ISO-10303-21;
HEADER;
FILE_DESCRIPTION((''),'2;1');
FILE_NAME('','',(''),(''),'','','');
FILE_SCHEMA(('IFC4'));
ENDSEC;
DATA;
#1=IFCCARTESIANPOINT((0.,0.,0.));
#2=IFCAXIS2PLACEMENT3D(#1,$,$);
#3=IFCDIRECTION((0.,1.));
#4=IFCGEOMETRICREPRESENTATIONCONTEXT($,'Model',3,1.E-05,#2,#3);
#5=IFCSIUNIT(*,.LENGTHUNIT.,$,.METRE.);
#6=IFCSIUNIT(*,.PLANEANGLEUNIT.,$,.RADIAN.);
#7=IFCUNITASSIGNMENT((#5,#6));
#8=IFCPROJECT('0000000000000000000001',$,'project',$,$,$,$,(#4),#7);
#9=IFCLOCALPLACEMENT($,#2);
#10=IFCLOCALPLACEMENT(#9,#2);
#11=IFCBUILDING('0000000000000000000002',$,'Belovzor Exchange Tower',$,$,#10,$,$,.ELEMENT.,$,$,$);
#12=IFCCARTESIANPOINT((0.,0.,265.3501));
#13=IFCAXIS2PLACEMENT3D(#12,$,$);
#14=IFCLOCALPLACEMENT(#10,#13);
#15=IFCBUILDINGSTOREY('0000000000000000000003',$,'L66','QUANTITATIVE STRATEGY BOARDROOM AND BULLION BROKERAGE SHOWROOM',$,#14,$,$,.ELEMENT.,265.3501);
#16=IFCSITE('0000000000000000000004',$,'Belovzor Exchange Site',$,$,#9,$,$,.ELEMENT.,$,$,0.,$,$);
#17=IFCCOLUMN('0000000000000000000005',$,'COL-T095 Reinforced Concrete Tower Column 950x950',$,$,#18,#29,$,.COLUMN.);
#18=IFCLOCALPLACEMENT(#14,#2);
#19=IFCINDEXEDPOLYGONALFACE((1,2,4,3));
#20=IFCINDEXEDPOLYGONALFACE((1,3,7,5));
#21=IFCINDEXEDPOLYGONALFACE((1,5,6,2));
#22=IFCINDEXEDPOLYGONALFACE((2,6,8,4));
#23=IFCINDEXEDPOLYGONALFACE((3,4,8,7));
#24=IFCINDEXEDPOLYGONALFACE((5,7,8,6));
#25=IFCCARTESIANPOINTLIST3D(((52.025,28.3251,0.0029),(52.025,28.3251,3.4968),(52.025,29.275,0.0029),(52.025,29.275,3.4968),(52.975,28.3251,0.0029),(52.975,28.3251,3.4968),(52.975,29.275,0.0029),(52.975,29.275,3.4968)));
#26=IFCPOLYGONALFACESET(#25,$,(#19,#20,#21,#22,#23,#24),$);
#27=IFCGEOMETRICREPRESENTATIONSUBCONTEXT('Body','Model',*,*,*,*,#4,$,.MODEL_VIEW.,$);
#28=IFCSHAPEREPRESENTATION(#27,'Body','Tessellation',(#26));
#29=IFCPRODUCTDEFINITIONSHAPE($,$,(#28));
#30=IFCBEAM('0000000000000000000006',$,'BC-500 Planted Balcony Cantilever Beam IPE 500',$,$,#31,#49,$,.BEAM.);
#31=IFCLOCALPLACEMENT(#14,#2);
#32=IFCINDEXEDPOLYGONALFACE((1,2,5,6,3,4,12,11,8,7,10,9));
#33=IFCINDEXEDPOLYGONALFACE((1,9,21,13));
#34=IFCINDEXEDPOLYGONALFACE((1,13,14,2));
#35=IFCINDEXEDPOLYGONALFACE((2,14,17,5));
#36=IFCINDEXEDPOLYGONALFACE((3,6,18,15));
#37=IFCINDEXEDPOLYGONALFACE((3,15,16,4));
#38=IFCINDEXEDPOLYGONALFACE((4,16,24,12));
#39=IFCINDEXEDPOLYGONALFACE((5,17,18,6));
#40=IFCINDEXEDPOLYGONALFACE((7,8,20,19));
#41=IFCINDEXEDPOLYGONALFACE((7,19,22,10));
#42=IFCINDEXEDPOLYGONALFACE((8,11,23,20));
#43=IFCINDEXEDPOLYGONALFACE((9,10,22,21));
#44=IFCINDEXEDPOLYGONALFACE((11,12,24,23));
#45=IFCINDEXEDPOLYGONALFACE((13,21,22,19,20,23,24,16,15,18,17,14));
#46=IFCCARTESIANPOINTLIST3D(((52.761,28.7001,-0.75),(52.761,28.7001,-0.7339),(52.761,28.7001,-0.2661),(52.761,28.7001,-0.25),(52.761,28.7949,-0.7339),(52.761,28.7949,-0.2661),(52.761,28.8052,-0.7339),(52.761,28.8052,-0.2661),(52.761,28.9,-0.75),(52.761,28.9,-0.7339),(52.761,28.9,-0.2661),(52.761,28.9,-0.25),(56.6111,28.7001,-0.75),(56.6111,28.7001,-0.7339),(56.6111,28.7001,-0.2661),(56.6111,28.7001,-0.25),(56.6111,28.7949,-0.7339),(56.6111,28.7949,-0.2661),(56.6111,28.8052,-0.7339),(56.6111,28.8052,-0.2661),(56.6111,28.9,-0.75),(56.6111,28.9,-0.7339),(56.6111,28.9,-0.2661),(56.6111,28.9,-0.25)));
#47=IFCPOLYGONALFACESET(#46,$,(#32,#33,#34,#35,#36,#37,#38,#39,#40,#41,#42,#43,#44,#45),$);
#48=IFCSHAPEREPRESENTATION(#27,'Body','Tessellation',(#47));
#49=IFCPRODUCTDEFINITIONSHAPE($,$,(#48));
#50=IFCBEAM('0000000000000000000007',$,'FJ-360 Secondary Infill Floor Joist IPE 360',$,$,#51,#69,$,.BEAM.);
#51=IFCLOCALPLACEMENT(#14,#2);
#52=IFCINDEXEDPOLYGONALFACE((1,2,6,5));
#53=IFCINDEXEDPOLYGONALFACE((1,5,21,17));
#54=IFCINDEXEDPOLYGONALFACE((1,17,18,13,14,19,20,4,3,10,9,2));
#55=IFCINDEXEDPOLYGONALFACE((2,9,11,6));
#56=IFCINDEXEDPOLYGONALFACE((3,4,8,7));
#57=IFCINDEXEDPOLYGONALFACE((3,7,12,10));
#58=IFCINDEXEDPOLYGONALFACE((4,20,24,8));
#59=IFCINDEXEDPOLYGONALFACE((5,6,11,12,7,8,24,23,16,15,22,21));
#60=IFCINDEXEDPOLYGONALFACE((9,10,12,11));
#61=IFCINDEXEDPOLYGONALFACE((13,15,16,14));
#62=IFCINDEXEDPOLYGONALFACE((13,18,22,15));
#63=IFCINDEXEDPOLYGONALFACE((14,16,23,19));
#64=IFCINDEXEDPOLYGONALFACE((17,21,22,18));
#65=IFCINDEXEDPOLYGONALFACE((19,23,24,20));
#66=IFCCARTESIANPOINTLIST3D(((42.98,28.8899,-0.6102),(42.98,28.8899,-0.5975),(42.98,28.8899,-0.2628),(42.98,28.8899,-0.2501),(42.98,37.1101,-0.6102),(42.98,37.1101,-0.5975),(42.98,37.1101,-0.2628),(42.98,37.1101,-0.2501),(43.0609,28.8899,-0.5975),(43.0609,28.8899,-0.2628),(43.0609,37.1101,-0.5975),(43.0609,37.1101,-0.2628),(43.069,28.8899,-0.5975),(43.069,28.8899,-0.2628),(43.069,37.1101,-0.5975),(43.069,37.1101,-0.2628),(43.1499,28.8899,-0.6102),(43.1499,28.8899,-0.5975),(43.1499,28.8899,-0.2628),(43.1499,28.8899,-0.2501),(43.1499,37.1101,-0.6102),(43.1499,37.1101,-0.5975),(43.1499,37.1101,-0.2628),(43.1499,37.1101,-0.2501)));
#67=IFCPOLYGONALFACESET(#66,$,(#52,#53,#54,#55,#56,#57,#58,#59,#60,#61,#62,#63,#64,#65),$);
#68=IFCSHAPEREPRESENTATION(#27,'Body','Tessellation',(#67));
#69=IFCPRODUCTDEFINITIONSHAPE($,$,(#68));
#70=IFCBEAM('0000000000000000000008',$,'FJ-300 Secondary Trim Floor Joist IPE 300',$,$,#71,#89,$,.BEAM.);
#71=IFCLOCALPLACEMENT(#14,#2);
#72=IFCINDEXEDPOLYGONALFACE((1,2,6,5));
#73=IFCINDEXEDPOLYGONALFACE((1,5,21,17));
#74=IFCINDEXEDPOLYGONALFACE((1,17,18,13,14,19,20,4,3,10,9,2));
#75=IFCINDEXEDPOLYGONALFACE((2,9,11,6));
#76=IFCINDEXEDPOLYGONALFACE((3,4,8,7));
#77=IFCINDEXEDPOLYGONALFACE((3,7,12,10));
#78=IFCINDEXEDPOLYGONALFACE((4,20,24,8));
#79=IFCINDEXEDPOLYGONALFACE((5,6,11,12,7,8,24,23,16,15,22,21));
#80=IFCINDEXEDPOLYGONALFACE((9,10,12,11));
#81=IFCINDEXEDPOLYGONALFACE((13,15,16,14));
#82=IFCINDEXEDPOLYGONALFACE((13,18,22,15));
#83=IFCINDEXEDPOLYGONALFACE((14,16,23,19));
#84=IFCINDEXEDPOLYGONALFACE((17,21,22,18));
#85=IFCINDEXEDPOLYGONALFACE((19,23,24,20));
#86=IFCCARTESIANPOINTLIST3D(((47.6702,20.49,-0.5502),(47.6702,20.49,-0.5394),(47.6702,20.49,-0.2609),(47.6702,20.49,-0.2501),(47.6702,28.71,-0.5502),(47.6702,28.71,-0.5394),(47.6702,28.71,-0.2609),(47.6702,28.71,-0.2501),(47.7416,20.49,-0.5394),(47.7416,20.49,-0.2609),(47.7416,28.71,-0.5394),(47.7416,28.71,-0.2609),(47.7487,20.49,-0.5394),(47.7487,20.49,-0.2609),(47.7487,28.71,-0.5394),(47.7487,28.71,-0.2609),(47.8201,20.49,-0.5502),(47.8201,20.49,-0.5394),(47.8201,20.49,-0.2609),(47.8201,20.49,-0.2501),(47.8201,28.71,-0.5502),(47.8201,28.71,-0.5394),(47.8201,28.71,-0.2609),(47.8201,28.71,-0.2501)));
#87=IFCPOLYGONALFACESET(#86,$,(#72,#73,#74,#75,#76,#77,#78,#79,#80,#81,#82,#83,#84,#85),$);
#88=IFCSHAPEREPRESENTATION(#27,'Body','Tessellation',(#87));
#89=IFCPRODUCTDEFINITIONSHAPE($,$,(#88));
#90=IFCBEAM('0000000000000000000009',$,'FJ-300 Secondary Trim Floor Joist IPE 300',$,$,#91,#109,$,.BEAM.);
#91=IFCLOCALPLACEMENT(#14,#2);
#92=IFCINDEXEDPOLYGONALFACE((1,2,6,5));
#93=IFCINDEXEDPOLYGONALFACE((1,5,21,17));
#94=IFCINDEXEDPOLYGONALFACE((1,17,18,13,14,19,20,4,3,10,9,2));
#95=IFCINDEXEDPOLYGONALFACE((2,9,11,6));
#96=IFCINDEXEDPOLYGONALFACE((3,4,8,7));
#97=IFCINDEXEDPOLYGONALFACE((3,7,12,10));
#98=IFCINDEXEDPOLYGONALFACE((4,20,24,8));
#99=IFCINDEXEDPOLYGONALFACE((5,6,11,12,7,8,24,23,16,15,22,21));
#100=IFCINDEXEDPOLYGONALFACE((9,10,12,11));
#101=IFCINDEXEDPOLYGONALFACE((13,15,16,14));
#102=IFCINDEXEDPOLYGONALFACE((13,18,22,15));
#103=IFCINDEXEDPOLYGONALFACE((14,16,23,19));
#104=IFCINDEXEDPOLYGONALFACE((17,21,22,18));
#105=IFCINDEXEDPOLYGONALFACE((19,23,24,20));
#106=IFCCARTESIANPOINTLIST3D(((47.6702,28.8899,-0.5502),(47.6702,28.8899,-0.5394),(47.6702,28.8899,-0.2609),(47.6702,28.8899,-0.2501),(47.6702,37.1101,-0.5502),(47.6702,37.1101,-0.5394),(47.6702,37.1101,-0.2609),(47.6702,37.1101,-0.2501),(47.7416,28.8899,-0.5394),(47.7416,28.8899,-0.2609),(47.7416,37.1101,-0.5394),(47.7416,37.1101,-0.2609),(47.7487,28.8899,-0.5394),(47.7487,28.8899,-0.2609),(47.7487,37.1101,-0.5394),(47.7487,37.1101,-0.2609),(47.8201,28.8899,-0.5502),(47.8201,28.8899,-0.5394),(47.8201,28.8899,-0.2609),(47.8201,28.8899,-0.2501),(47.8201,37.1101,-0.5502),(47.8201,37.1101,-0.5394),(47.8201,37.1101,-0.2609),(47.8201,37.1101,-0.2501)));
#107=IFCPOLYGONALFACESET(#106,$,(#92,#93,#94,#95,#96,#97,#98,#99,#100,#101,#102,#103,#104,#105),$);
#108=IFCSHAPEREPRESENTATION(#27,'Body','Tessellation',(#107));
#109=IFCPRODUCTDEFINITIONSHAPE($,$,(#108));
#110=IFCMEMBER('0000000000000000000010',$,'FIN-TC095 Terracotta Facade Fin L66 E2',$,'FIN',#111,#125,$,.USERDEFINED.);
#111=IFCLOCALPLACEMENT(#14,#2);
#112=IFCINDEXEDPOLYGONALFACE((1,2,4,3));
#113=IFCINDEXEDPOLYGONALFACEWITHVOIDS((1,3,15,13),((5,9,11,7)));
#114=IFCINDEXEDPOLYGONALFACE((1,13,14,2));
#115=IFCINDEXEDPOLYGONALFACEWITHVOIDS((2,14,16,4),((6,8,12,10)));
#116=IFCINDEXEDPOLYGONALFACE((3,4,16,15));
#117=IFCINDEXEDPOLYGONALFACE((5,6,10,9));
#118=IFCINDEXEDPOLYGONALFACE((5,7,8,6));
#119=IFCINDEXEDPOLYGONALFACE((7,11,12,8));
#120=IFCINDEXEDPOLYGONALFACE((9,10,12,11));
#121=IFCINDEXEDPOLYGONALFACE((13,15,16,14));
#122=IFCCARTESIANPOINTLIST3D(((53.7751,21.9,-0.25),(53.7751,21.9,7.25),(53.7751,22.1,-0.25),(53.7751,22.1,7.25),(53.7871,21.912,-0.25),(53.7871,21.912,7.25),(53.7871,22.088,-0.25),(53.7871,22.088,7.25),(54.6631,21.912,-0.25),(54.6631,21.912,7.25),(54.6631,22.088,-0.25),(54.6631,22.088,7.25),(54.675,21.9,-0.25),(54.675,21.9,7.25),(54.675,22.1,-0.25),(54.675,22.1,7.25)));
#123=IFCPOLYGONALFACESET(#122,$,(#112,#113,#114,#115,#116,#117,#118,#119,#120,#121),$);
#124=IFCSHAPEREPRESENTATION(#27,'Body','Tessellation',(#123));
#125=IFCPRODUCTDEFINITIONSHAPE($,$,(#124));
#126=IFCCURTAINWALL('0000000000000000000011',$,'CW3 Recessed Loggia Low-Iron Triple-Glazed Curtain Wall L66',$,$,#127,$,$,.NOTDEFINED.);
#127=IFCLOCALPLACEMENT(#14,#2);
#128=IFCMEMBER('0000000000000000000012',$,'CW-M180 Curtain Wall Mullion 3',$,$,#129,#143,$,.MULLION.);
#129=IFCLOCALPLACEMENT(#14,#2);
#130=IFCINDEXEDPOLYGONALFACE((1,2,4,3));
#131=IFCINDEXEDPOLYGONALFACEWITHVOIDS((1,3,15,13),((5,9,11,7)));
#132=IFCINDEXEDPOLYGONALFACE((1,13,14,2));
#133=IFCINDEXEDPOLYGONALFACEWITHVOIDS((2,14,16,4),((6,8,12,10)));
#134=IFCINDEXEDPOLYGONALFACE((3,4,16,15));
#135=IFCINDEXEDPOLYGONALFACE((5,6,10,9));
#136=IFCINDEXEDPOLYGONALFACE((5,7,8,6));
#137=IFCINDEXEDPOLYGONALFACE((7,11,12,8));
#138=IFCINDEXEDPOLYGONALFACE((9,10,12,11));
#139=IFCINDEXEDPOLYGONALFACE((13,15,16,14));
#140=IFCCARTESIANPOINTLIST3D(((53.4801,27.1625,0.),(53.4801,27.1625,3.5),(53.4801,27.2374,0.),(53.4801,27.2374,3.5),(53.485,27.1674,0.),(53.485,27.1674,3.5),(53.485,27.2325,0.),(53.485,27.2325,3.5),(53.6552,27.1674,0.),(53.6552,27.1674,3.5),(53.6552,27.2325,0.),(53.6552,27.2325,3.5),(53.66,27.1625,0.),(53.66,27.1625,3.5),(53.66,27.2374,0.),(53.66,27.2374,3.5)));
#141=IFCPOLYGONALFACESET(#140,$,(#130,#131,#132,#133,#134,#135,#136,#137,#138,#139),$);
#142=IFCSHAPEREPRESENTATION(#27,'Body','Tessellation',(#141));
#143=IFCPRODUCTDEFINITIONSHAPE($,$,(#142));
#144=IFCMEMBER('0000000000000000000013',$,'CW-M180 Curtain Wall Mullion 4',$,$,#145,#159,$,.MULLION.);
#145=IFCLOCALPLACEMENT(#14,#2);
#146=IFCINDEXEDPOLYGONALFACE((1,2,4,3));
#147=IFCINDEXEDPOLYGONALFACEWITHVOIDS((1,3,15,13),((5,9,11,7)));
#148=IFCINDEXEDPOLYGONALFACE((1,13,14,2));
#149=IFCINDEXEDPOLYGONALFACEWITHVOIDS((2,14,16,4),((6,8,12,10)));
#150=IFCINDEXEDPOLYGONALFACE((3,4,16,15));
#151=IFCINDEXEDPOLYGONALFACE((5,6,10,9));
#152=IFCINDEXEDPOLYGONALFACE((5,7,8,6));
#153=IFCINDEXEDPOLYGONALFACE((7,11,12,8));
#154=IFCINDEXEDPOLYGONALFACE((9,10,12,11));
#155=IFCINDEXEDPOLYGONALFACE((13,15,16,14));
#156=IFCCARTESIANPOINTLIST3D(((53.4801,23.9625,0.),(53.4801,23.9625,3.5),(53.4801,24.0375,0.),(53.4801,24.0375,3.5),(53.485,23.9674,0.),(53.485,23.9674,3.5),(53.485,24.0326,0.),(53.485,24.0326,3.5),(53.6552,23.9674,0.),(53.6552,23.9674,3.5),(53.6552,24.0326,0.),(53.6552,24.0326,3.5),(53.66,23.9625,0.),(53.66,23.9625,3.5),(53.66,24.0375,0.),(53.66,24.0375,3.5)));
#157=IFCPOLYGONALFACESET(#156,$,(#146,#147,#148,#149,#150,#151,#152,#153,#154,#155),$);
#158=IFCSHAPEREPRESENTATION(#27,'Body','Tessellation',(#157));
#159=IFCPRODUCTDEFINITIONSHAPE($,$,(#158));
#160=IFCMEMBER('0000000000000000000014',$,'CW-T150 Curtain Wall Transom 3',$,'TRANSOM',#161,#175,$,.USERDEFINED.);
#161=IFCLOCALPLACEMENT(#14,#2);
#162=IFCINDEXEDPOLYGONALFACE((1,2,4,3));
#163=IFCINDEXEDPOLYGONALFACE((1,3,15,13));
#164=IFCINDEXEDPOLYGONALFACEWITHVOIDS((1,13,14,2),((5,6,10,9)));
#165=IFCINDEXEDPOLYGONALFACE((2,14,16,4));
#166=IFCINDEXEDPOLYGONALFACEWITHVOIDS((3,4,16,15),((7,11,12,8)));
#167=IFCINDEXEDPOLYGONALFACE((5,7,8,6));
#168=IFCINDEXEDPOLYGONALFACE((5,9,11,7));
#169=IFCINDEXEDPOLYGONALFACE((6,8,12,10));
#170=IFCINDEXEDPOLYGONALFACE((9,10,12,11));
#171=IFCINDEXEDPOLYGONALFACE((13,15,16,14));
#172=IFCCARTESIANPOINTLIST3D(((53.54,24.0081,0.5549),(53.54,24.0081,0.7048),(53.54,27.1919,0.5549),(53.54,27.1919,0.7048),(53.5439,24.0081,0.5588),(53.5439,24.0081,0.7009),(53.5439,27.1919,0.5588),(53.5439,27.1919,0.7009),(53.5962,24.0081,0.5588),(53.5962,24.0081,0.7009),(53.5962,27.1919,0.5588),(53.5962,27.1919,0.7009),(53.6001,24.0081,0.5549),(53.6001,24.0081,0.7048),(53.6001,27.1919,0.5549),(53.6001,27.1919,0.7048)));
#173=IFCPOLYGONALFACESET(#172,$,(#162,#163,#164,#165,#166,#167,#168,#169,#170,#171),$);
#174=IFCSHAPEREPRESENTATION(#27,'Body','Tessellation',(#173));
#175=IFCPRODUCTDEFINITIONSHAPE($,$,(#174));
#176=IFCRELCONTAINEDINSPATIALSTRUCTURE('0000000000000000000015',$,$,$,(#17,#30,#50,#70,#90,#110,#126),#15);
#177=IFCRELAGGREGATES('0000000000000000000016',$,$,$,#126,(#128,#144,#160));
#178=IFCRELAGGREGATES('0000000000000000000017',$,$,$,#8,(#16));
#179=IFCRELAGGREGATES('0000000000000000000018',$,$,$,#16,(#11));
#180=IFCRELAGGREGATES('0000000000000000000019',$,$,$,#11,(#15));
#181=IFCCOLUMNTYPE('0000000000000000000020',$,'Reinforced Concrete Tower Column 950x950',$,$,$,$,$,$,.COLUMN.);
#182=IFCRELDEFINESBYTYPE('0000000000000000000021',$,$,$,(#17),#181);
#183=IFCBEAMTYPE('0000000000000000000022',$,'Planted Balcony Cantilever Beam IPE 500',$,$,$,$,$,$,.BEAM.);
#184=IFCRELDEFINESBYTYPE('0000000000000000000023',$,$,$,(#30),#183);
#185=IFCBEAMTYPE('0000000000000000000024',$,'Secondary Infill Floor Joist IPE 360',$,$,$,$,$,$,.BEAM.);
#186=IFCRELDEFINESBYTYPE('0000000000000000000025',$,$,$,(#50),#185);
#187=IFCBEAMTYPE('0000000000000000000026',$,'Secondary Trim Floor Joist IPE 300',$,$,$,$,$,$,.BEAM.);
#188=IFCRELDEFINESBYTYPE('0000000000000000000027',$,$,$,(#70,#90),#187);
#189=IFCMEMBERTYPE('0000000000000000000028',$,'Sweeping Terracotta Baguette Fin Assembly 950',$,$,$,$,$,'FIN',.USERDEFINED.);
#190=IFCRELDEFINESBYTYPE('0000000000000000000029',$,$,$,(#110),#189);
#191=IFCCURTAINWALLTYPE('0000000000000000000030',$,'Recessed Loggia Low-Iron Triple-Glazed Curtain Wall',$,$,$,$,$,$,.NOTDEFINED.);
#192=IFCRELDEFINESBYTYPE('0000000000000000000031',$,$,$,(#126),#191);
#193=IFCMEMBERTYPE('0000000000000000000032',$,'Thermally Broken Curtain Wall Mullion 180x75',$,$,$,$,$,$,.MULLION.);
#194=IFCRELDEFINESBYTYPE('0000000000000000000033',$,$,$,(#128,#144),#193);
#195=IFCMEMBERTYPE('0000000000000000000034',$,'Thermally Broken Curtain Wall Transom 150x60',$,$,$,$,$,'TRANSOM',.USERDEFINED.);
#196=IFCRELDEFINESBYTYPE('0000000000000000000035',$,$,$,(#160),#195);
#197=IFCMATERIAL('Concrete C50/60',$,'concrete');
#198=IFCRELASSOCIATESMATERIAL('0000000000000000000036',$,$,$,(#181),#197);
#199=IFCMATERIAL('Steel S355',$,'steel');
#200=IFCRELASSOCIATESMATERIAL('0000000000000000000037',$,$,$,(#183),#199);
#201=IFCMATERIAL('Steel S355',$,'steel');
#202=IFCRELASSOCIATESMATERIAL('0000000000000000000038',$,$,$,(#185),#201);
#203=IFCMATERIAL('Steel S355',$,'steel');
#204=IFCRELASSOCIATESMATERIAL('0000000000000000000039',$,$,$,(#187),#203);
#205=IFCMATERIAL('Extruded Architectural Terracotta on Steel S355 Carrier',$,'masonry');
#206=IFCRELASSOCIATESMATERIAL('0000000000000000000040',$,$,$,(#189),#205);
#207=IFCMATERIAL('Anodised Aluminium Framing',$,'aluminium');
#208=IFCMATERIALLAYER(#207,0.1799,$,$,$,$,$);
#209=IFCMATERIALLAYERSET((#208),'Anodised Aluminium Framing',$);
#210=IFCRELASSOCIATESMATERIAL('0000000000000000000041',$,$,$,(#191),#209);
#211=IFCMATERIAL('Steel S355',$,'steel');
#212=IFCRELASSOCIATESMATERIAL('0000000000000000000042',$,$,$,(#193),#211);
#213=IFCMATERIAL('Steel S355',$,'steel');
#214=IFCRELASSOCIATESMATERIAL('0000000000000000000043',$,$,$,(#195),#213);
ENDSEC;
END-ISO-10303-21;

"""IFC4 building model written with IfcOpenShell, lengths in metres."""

from ifc_helpers import new_model, si_unit, direction, frame, origin, origin_2d, place, context, subcontext, project, spatial, rectangle, hollow_rectangle, i_section, extrude, material, layer, layer_set, material_profile, profile_set, type_object, element, aggregate, save


model = new_model("IFC4")

# Units and contexts
model_context = context("Model", 3, precision=1e-05, world=origin(), true_north=direction((0.0, 1.0)))
body_context = subcontext(model_context, "Body", "Model", "MODEL_VIEW")
ifc_project = project(units=[si_unit("LENGTHUNIT", "METRE"), si_unit("PLANEANGLEUNIT", "RADIAN")], contexts=[model_context])

# Site, building, storey
site_placement = place(None, origin())
site = spatial("IfcSite", under=ifc_project, at=site_placement, Name="Belovzor Exchange Site", CompositionType="ELEMENT", RefElevation=0.0)
building_placement = place(site_placement, origin())
building = spatial("IfcBuilding", under=site, at=building_placement, Name="Belovzor Exchange Tower", CompositionType="ELEMENT")
storey_placement = place(building_placement, frame((0.0, 0.0, 265.3501)))
storey = spatial("IfcBuildingStorey", under=building, at=storey_placement, Name="L66", Description="QUANTITATIVE STRATEGY BOARDROOM AND BULLION BROKERAGE SHOWROOM", CompositionType="ELEMENT", Elevation=265.3501)

# Column
ifc_material_1 = material(Name="Concrete C50/60", Category="concrete")
ifc_material_profile_1 = material_profile(ifc_material_1, rectangle(XDim=0.95, YDim=0.95, at=origin_2d()))
ifc_profile_set_1 = profile_set([ifc_material_profile_1], Name="Concrete C50/60")
column_type = type_object("IfcColumnType", Name="Reinforced Concrete Tower Column 950x950", PredefinedType="COLUMN", material=ifc_profile_set_1)
column_placement = place(storey_placement, frame((52.5, 28.8, 0.0029), z_axis=(0.0, 0.0, 1.0), x_axis=(1.0, 0.0, 0.0)))
element("IfcColumn", 1, at=column_placement, inside=storey, type_object=column_type, Name="COL-T095 Reinforced Concrete Tower Column 950x950", PredefinedType="COLUMN", context=body_context, shape_type="SweptSolid", body=[
    extrude(rectangle(XDim=0.95, YDim=0.95, at=origin_2d()), origin(), (0.0, 0.0, 1.0), 3.4939),
])

# Beams
ifc_material_2 = material(Name="Steel S355", Category="steel")
ifc_material_profile_2 = material_profile(ifc_material_2, i_section(OverallWidth=0.2, OverallDepth=0.5, WebThickness=0.0103, FlangeThickness=0.0161, at=origin_2d()))
ifc_profile_set_2 = profile_set([ifc_material_profile_2], Name="Steel S355")
beam_type_1 = type_object("IfcBeamType", Name="Planted Balcony Cantilever Beam IPE 500", PredefinedType="BEAM", material=ifc_profile_set_2)
beam_1_placement = place(storey_placement, frame((52.761, 28.8, -0.5), z_axis=(1.0, 0.0, 0.0), x_axis=(0.0, 1.0, 0.0)))
element("IfcBeam", 2, at=beam_1_placement, inside=storey, type_object=beam_type_1, Name="BC-500 Planted Balcony Cantilever Beam IPE 500", PredefinedType="BEAM", context=body_context, shape_type="SweptSolid", body=[
    extrude(i_section(OverallWidth=0.2, OverallDepth=0.5, WebThickness=0.0103, FlangeThickness=0.0161, at=origin_2d()), origin(), (0.0, 0.0, 1.0), 3.8501),
])
ifc_material_3 = material(Name="Steel S355", Category="steel")
ifc_material_profile_3 = material_profile(ifc_material_3, i_section(OverallWidth=0.1699, OverallDepth=0.3601, WebThickness=0.0081, FlangeThickness=0.0127, at=origin_2d()))
ifc_profile_set_3 = profile_set([ifc_material_profile_3], Name="Steel S355")
beam_type_2 = type_object("IfcBeamType", Name="Secondary Infill Floor Joist IPE 360", PredefinedType="BEAM", material=ifc_profile_set_3)
beam_2_placement = place(storey_placement, frame((43.0649, 28.8899, -0.4302), z_axis=(0.0, 1.0, 0.0), x_axis=(-1.0, 0.0, 0.0)))
element("IfcBeam", 3, at=beam_2_placement, inside=storey, type_object=beam_type_2, Name="FJ-360 Secondary Infill Floor Joist IPE 360", PredefinedType="BEAM", context=body_context, shape_type="SweptSolid", body=[
    extrude(i_section(OverallWidth=0.1699, OverallDepth=0.3601, WebThickness=0.0081, FlangeThickness=0.0127, at=origin_2d()), origin(), (0.0, 0.0, 1.0), 8.2202),
])
ifc_material_4 = material(Name="Steel S355", Category="steel")
ifc_material_profile_4 = material_profile(ifc_material_4, i_section(OverallWidth=0.1499, OverallDepth=0.3, WebThickness=0.0071, FlangeThickness=0.0107, at=origin_2d()))
ifc_profile_set_4 = profile_set([ifc_material_profile_4], Name="Steel S355")
beam_type_3 = type_object("IfcBeamType", Name="Secondary Trim Floor Joist IPE 300", PredefinedType="BEAM", material=ifc_profile_set_4)
beam_3_placement = place(storey_placement, frame((47.7451, 20.49, -0.4001), z_axis=(0.0, 1.0, 0.0), x_axis=(-1.0, 0.0, 0.0)))
element("IfcBeam", 4, at=beam_3_placement, inside=storey, type_object=beam_type_3, Name="FJ-300 Secondary Trim Floor Joist IPE 300", PredefinedType="BEAM", context=body_context, shape_type="SweptSolid", body=[
    extrude(i_section(OverallWidth=0.1499, OverallDepth=0.3, WebThickness=0.0071, FlangeThickness=0.0107, at=origin_2d()), origin(), (0.0, 0.0, 1.0), 8.22),
])
beam_4_placement = place(storey_placement, frame((47.7451, 28.8899, -0.4001), z_axis=(0.0, 1.0, 0.0), x_axis=(-1.0, 0.0, 0.0)))
element("IfcBeam", 5, at=beam_4_placement, inside=storey, type_object=beam_type_3, Name="FJ-300 Secondary Trim Floor Joist IPE 300", PredefinedType="BEAM", context=body_context, shape_type="SweptSolid", body=[
    extrude(i_section(OverallWidth=0.1499, OverallDepth=0.3, WebThickness=0.0071, FlangeThickness=0.0107, at=origin_2d()), origin(), (0.0, 0.0, 1.0), 8.2202),
])

# Member
ifc_material_5 = material(Name="Extruded Architectural Terracotta on Steel S355 Carrier", Category="masonry")
ifc_material_profile_5 = material_profile(ifc_material_5, hollow_rectangle(XDim=0.2, YDim=0.8999, WallThickness=0.012, at=origin_2d()))
ifc_profile_set_5 = profile_set([ifc_material_profile_5], Name="Extruded Architectural Terracotta on Steel S355 Carrier")
member_type_1 = type_object("IfcMemberType", Name="Sweeping Terracotta Baguette Fin Assembly 950", ElementType="FIN", PredefinedType="USERDEFINED", material=ifc_profile_set_5)
member_1_placement = place(storey_placement, frame((54.2251, 22.0, -0.25), z_axis=(0.0, 0.0, 1.0), x_axis=(0.0, 1.0, 0.0)))
element("IfcMember", 6, at=member_1_placement, inside=storey, type_object=member_type_1, Name="FIN-TC095 Terracotta Facade Fin L66 E2", ObjectType="FIN", PredefinedType="USERDEFINED", context=body_context, shape_type="SweptSolid", body=[
    extrude(hollow_rectangle(XDim=0.2, YDim=0.8999, WallThickness=0.012, at=origin_2d()), origin(), (0.0, 0.0, 1.0), 7.5),
])

# Curtain wall, members
ifc_material_6 = material(Name="Anodised Aluminium Framing", Category="aluminium")
ifc_layer_1 = layer(ifc_material_6, 0.1799)
ifc_layer_set_1 = layer_set([ifc_layer_1], Name="Anodised Aluminium Framing")
curtain_wall_type = type_object("IfcCurtainWallType", Name="Recessed Loggia Low-Iron Triple-Glazed Curtain Wall", PredefinedType="NOTDEFINED", material=ifc_layer_set_1)
curtain_wall_placement = place(storey_placement, origin())
curtain_wall = element("IfcCurtainWall", 7, at=curtain_wall_placement, inside=storey, type_object=curtain_wall_type, Name="CW3 Recessed Loggia Low-Iron Triple-Glazed Curtain Wall L66", PredefinedType="NOTDEFINED")
ifc_material_7 = material(Name="Steel S355", Category="steel")
ifc_material_profile_6 = material_profile(ifc_material_7, hollow_rectangle(XDim=0.075, YDim=0.1799, WallThickness=0.0049, at=origin_2d()))
ifc_profile_set_6 = profile_set([ifc_material_profile_6], Name="Steel S355")
member_type_2 = type_object("IfcMemberType", Name="Thermally Broken Curtain Wall Mullion 180x75", PredefinedType="MULLION", material=ifc_profile_set_6)
member_2_placement = place(storey_placement, frame((53.5701, 27.2, 0.0), z_axis=(0.0, 0.0, 1.0), x_axis=(0.0, -1.0, 0.0)))
member_2 = element("IfcMember", 8, at=member_2_placement, type_object=member_type_2, Name="CW-M180 Curtain Wall Mullion 3", PredefinedType="MULLION", context=body_context, shape_type="SweptSolid", body=[
    extrude(hollow_rectangle(XDim=0.075, YDim=0.1799, WallThickness=0.0049, at=origin_2d()), origin(), (0.0, 0.0, 1.0), 3.5),
])
member_3_placement = place(storey_placement, frame((53.5701, 24.0, 0.0), z_axis=(0.0, 0.0, 1.0), x_axis=(0.0, -1.0, 0.0)))
member_3 = element("IfcMember", 9, at=member_3_placement, type_object=member_type_2, Name="CW-M180 Curtain Wall Mullion 4", PredefinedType="MULLION", context=body_context, shape_type="SweptSolid", body=[
    extrude(hollow_rectangle(XDim=0.075, YDim=0.1799, WallThickness=0.0049, at=origin_2d()), origin(), (0.0, 0.0, 1.0), 3.5),
])
ifc_material_8 = material(Name="Steel S355", Category="steel")
ifc_material_profile_7 = material_profile(ifc_material_8, hollow_rectangle(XDim=0.0601, YDim=0.1499, WallThickness=0.0039, at=origin_2d()))
ifc_profile_set_7 = profile_set([ifc_material_profile_7], Name="Steel S355")
member_type_3 = type_object("IfcMemberType", Name="Thermally Broken Curtain Wall Transom 150x60", ElementType="TRANSOM", PredefinedType="USERDEFINED", material=ifc_profile_set_7)
member_4_placement = place(storey_placement, frame((53.5701, 27.1919, 0.6299), z_axis=(0.0, -1.0, 0.0), x_axis=(1.0, 0.0, 0.0)))
member_4 = element("IfcMember", 10, at=member_4_placement, type_object=member_type_3, Name="CW-T150 Curtain Wall Transom 3", ObjectType="TRANSOM", PredefinedType="USERDEFINED", context=body_context, shape_type="SweptSolid", body=[
    extrude(hollow_rectangle(XDim=0.0601, YDim=0.1499, WallThickness=0.0039, at=origin_2d()), origin(), (0.0, 0.0, 1.0), 3.1838),
])
aggregate(curtain_wall, [member_2, member_3, member_4])

save(model, "model.ifc")
